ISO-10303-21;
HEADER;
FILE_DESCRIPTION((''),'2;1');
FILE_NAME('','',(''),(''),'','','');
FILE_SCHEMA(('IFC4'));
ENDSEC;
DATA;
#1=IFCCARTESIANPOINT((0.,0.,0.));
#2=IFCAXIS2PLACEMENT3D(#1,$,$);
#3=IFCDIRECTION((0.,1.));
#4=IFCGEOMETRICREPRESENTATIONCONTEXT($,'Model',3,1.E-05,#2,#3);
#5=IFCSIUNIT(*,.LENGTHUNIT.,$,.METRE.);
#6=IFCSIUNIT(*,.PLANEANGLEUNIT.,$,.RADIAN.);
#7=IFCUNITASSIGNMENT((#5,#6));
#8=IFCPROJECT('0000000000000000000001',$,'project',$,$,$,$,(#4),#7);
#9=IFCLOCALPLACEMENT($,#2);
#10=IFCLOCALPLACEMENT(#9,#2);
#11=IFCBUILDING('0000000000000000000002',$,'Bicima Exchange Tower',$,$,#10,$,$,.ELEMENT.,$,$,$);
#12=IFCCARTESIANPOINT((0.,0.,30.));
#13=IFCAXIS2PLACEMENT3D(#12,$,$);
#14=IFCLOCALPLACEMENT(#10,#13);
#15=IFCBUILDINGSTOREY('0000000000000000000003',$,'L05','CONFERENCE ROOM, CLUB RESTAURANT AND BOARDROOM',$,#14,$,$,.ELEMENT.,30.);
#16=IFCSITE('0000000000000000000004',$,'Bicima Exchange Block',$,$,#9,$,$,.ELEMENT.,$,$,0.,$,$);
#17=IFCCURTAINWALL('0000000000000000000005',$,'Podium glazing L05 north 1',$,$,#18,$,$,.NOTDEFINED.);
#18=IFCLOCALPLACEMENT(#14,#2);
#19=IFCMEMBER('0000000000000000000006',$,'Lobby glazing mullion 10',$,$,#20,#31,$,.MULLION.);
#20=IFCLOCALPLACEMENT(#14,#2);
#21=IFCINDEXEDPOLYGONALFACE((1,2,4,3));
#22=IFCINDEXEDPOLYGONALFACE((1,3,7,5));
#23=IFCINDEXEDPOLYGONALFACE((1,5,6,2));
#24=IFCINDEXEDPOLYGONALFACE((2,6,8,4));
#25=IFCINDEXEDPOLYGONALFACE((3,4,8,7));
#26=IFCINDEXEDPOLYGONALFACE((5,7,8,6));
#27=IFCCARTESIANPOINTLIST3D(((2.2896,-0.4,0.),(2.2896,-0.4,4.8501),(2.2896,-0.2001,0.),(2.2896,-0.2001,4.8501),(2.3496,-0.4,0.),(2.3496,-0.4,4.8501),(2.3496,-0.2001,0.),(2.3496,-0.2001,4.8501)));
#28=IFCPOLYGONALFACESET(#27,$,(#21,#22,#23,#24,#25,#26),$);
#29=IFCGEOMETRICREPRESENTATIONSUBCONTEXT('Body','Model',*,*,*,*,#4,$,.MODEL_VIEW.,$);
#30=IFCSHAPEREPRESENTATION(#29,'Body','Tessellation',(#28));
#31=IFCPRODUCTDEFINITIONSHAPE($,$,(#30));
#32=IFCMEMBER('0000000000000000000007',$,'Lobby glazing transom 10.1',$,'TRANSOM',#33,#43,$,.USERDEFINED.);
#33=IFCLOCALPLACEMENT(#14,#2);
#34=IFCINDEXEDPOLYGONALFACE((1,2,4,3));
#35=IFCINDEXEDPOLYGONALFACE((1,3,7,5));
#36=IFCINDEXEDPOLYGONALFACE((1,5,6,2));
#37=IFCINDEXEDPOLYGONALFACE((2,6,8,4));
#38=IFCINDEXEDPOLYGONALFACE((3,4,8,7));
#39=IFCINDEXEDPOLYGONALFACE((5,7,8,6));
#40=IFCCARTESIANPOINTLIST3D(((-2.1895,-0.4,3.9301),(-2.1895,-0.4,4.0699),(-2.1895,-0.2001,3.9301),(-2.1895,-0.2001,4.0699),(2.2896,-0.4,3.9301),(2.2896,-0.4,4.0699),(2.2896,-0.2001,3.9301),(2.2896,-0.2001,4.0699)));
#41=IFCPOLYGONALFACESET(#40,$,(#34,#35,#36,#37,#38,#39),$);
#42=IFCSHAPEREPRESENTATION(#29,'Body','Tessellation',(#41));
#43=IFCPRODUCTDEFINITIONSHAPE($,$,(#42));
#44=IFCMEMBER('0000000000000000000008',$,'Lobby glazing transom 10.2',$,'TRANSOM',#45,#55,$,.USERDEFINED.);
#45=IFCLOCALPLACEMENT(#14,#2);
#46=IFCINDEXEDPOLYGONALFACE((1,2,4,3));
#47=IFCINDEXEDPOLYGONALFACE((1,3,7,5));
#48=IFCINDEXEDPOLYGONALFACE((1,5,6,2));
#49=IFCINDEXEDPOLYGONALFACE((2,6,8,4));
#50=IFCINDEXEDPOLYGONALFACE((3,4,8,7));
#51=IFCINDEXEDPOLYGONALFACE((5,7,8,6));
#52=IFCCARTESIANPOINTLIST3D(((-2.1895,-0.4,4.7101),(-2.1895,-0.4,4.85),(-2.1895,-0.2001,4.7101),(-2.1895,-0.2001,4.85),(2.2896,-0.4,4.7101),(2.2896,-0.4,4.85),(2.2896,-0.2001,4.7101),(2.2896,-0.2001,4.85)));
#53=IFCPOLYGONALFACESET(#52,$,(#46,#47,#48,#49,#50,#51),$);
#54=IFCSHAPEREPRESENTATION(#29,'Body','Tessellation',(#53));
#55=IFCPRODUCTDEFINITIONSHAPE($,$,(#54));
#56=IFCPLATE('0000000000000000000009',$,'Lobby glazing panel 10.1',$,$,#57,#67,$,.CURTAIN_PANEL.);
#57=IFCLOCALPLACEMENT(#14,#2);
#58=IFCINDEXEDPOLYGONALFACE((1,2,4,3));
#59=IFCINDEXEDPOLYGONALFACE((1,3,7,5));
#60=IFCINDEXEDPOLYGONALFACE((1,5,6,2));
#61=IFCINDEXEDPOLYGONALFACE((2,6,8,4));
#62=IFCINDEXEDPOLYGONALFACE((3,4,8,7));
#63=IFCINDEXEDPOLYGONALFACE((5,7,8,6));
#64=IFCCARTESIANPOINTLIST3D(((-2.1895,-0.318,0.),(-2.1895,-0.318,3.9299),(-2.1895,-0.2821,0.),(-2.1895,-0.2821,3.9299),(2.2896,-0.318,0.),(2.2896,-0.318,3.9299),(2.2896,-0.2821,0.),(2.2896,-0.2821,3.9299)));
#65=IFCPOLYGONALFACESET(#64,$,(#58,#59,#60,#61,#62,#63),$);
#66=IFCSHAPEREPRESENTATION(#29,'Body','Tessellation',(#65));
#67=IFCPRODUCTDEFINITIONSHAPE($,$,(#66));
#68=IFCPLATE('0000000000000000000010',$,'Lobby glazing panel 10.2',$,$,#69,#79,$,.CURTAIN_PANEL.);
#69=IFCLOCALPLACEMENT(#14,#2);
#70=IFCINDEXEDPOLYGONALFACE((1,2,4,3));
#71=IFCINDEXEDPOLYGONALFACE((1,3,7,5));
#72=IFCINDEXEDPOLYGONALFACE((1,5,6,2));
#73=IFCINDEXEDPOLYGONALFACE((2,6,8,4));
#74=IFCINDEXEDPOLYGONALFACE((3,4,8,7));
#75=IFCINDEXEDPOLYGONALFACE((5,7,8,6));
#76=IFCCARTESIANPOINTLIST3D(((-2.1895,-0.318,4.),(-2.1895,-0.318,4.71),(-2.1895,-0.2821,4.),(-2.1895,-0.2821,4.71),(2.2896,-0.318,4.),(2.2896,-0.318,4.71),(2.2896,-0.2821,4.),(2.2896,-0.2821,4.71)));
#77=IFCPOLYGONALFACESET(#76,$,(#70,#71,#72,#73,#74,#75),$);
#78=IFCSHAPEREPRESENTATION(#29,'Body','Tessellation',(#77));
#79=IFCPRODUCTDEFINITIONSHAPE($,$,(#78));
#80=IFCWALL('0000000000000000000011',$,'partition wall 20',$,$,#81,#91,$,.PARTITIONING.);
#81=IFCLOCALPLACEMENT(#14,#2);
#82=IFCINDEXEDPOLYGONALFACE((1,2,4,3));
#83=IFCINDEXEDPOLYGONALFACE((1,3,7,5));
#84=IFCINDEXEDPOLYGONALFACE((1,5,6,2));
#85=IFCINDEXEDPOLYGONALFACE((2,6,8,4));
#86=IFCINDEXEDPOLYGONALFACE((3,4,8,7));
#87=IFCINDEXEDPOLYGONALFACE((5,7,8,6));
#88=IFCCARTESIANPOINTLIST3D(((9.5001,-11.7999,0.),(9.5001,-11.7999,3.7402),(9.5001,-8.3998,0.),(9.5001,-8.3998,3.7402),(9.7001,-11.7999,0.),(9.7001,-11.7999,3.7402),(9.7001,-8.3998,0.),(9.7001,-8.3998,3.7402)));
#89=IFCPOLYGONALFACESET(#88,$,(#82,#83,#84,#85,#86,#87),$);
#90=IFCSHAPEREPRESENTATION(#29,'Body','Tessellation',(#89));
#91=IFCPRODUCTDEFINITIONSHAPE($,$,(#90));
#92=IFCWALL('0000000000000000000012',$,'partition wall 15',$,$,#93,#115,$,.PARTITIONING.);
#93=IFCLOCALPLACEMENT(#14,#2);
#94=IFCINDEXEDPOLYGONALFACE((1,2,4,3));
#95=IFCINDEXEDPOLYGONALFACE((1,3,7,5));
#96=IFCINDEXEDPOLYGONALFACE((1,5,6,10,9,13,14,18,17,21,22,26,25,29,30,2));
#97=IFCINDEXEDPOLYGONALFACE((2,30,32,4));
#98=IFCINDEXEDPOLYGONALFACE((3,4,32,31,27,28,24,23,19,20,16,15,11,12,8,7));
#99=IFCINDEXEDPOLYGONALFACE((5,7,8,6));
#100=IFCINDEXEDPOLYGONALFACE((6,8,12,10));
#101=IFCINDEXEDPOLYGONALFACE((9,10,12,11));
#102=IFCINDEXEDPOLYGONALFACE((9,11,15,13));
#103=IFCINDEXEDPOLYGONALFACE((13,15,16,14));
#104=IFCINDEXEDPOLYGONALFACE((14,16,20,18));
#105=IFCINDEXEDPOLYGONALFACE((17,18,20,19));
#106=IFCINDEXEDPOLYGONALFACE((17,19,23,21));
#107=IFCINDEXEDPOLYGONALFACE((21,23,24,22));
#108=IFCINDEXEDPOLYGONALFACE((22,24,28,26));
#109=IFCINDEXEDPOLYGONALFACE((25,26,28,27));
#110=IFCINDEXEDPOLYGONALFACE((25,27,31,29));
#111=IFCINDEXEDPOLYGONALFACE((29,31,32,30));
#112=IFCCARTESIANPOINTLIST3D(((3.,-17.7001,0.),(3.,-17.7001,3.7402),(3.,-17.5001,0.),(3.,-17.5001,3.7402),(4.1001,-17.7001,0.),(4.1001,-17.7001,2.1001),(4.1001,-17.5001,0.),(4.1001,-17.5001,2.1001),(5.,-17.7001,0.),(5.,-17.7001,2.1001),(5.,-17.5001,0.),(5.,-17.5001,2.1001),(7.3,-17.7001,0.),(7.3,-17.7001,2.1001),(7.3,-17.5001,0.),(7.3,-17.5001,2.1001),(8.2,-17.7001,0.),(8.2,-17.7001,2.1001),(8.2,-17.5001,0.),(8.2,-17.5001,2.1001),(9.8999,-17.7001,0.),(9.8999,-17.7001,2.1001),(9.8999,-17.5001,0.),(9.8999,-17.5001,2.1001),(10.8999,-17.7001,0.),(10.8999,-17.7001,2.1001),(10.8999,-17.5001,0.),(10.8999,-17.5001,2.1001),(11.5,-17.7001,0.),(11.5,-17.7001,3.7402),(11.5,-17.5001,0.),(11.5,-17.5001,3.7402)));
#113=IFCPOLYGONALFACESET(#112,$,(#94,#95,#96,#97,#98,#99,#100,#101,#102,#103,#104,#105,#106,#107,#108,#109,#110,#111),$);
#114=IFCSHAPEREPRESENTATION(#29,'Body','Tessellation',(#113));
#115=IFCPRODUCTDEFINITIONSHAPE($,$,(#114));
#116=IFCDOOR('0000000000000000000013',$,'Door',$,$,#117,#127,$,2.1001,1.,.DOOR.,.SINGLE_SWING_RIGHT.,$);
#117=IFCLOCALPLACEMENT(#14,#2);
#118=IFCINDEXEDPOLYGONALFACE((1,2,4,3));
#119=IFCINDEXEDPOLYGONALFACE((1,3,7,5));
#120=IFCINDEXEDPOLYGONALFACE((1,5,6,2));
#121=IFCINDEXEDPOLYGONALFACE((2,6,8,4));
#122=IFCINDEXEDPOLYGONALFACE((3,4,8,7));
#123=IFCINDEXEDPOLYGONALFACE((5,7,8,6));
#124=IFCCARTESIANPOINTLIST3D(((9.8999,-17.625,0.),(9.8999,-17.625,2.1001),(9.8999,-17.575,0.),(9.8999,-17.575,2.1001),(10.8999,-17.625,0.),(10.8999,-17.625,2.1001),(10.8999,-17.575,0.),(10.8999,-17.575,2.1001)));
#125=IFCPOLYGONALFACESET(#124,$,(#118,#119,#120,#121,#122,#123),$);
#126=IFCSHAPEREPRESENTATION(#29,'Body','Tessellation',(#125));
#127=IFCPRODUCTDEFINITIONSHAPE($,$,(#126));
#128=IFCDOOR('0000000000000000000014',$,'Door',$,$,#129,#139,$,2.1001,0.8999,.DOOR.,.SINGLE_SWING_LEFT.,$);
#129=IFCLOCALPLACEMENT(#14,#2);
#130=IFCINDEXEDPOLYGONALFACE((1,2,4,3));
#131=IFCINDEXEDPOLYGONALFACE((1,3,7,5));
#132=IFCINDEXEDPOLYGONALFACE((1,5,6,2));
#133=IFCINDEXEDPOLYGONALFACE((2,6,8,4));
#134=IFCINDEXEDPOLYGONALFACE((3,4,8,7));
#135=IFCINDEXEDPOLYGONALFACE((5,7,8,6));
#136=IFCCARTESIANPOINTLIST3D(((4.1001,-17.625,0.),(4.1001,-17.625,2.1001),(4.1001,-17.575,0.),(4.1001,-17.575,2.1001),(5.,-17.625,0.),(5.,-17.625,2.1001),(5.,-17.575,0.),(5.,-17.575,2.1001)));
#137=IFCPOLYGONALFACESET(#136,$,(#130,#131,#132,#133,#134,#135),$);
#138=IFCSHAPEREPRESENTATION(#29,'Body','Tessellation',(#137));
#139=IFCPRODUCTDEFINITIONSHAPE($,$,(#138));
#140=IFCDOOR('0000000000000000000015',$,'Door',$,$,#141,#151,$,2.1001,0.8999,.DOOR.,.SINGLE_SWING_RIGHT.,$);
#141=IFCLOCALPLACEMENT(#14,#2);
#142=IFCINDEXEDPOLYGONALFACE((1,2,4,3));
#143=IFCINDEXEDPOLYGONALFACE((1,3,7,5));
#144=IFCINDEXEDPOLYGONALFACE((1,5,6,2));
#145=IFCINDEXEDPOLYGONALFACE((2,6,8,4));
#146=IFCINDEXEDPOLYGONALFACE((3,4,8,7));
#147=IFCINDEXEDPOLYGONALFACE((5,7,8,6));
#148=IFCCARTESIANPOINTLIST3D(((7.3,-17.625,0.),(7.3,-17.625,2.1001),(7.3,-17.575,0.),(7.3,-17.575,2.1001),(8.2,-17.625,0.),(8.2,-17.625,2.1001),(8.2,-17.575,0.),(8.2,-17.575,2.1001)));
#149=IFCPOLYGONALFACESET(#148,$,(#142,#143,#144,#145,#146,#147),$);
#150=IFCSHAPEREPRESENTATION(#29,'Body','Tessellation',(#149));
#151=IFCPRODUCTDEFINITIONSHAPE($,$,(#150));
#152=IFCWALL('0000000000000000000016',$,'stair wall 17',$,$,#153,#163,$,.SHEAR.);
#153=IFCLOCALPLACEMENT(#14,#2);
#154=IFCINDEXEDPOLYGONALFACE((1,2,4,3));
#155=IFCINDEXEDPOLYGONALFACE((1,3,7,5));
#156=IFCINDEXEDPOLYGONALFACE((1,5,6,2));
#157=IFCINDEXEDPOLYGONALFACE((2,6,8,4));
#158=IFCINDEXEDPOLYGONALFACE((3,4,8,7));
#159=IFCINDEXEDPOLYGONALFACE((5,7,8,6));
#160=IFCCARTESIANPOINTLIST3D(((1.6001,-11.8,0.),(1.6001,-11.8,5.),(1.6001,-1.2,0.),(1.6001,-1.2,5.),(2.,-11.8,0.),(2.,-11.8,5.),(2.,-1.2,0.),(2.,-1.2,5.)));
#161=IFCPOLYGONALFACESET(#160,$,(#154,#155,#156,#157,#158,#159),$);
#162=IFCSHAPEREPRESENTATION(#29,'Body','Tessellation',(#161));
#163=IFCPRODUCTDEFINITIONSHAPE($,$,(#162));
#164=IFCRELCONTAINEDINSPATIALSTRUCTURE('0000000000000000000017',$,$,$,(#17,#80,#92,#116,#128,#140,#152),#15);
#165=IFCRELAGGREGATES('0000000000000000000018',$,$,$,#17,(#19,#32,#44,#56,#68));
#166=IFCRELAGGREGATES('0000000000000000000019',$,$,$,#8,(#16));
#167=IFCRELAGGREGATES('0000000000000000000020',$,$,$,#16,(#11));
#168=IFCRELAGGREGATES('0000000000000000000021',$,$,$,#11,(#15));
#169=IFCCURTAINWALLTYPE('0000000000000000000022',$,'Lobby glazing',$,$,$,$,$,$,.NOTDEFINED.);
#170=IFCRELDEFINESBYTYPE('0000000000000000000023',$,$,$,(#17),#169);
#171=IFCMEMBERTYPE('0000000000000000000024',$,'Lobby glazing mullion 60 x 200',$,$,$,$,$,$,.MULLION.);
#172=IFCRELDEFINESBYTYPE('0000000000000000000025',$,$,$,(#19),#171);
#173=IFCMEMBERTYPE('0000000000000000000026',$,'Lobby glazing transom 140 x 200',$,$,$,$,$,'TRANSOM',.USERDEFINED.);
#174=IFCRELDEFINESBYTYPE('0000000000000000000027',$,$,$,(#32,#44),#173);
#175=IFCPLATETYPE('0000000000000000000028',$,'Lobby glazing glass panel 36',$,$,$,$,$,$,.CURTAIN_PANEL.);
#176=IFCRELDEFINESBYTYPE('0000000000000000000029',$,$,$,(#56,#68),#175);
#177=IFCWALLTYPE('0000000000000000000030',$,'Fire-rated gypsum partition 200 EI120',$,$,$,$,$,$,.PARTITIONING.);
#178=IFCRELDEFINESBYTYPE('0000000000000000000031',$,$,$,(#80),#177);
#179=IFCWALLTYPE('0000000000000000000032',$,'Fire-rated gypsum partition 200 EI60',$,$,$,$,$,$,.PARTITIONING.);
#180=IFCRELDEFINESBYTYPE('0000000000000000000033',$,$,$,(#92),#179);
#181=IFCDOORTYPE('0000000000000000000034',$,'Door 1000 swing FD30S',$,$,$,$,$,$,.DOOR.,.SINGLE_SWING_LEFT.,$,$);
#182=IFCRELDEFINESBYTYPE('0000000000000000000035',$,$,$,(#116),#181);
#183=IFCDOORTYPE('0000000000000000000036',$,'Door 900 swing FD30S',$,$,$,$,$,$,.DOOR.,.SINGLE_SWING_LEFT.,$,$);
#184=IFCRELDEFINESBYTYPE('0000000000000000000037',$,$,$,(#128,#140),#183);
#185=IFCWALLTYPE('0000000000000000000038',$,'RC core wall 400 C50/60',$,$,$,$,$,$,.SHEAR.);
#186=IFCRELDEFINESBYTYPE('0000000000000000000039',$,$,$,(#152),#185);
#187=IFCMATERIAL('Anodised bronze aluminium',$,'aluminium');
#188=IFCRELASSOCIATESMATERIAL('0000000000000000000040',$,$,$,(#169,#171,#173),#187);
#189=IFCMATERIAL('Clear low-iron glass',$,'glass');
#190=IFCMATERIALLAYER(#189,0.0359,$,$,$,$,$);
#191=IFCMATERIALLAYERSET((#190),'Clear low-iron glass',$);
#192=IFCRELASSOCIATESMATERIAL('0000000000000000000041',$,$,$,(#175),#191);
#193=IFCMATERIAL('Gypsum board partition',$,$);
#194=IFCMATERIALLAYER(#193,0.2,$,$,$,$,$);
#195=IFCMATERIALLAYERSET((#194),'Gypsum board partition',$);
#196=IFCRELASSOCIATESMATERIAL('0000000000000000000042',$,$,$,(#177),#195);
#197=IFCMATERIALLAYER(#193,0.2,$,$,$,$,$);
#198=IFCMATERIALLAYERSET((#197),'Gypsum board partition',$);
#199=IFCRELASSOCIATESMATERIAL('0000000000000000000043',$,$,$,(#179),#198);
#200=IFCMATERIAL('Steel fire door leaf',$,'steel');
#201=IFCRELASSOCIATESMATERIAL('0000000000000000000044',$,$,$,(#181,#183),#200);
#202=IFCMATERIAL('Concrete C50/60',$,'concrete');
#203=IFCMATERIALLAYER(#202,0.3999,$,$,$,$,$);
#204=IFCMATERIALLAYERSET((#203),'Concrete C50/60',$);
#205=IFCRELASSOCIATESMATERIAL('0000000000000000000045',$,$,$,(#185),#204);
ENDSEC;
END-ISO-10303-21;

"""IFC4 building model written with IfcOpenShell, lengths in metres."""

from ifc_helpers import new_model, si_unit, direction, frame, frame_2d, origin, origin_2d, place, context, subcontext, project, spatial, rectangle, extrude, material, layer, layer_set, material_profile, profile_set, type_object, element, fill, aggregate, save


model = new_model("IFC4")

# Units and contexts
model_context = context("Model", 3, precision=1e-05, world=origin(), true_north=direction((0.0, 1.0)))
body_context = subcontext(model_context, "Body", "Model", "MODEL_VIEW")
ifc_project = project(units=[si_unit("LENGTHUNIT", "METRE"), si_unit("PLANEANGLEUNIT", "RADIAN")], contexts=[model_context])

# Site, building, storey
site_placement = place(None, origin())
site = spatial("IfcSite", under=ifc_project, at=site_placement, Name="Bicima Exchange Block", CompositionType="ELEMENT", RefElevation=0.0)
building_placement = place(site_placement, origin())
building = spatial("IfcBuilding", under=site, at=building_placement, Name="Bicima Exchange Tower", CompositionType="ELEMENT")
storey_placement = place(building_placement, frame((0.0, 0.0, 30.0)))
storey = spatial("IfcBuildingStorey", under=building, at=storey_placement, Name="L05", Description="CONFERENCE ROOM, CLUB RESTAURANT AND BOARDROOM", CompositionType="ELEMENT", Elevation=30.0)

# Curtain wall, members, plates
ifc_material_1 = material(Name="Anodised bronze aluminium", Category="aluminium")
curtain_wall_type = type_object("IfcCurtainWallType", Name="Lobby glazing", PredefinedType="NOTDEFINED", material=ifc_material_1)
curtain_wall_placement = place(storey_placement, origin())
curtain_wall = element("IfcCurtainWall", 1, at=curtain_wall_placement, inside=storey, type_object=curtain_wall_type, Name="Podium glazing L05 north 1", PredefinedType="NOTDEFINED")
ifc_material_profile_1 = material_profile(ifc_material_1, rectangle(XDim=0.2, YDim=0.0601, at=origin_2d()))
ifc_profile_set_1 = profile_set([ifc_material_profile_1], Name="Anodised bronze aluminium")
member_type_1 = type_object("IfcMemberType", Name="Lobby glazing mullion 60 x 200", PredefinedType="MULLION", material=ifc_profile_set_1)
member_1_placement = place(storey_placement, frame((2.3196, -0.3, 0.0), z_axis=(0.0, 0.0, 1.0), x_axis=(0.0, -1.0, 0.0)))
member_1 = element("IfcMember", 2, at=member_1_placement, type_object=member_type_1, Name="Lobby glazing mullion 10", PredefinedType="MULLION", context=body_context, shape_type="SweptSolid", body=[
    extrude(rectangle(XDim=0.2, YDim=0.0601, at=origin_2d()), origin(), (0.0, 0.0, 1.0), 4.8501),
])
ifc_material_profile_2 = material_profile(ifc_material_1, rectangle(XDim=0.2, YDim=0.1399, at=origin_2d()))
ifc_profile_set_2 = profile_set([ifc_material_profile_2], Name="Anodised bronze aluminium")
member_type_2 = type_object("IfcMemberType", Name="Lobby glazing transom 140 x 200", ElementType="TRANSOM", PredefinedType="USERDEFINED", material=ifc_profile_set_2)
member_2_placement = place(storey_placement, frame((2.2896, -0.3, 4.0), z_axis=(-1.0, 0.0, 0.0), x_axis=(0.0, -1.0, 0.0)))
member_2 = element("IfcMember", 3, at=member_2_placement, type_object=member_type_2, Name="Lobby glazing transom 10.1", ObjectType="TRANSOM", PredefinedType="USERDEFINED", context=body_context, shape_type="SweptSolid", body=[
    extrude(rectangle(XDim=0.2, YDim=0.1399, at=origin_2d()), origin(), (0.0, 0.0, 1.0), 4.479),
])
member_3_placement = place(storey_placement, frame((2.2896, -0.3, 4.78), z_axis=(-1.0, 0.0, 0.0), x_axis=(0.0, -1.0, 0.0)))
member_3 = element("IfcMember", 4, at=member_3_placement, type_object=member_type_2, Name="Lobby glazing transom 10.2", ObjectType="TRANSOM", PredefinedType="USERDEFINED", context=body_context, shape_type="SweptSolid", body=[
    extrude(rectangle(XDim=0.2, YDim=0.1399, at=origin_2d()), origin(), (0.0, 0.0, 1.0), 4.479),
])
ifc_material_2 = material(Name="Clear low-iron glass", Category="glass")
ifc_layer_1 = layer(ifc_material_2, 0.0359)
ifc_layer_set_1 = layer_set([ifc_layer_1], Name="Clear low-iron glass")
plate_type = type_object("IfcPlateType", Name="Lobby glazing glass panel 36", PredefinedType="CURTAIN_PANEL", material=ifc_layer_set_1)
plate_1_placement = place(storey_placement, frame((0.05, -0.3, 0.0), z_axis=(0.0, 0.0, 1.0), x_axis=(-1.0, 0.0, 0.0)))
plate_1 = element("IfcPlate", 5, at=plate_1_placement, type_object=plate_type, Name="Lobby glazing panel 10.1", PredefinedType="CURTAIN_PANEL", context=body_context, shape_type="SweptSolid", body=[
    extrude(rectangle(XDim=4.479, YDim=0.0359, at=origin_2d()), origin(), (0.0, 0.0, 1.0), 3.9299),
])
plate_2_placement = place(storey_placement, frame((0.05, -0.3, 4.0), z_axis=(0.0, 0.0, 1.0), x_axis=(-1.0, 0.0, 0.0)))
plate_2 = element("IfcPlate", 6, at=plate_2_placement, type_object=plate_type, Name="Lobby glazing panel 10.2", PredefinedType="CURTAIN_PANEL", context=body_context, shape_type="SweptSolid", body=[
    extrude(rectangle(XDim=4.479, YDim=0.0359, at=origin_2d()), origin(), (0.0, 0.0, 1.0), 0.71),
])
aggregate(curtain_wall, [member_1, member_2, member_3, plate_1, plate_2])

# Wall
ifc_material_3 = material(Name="Gypsum board partition")
ifc_layer_2 = layer(ifc_material_3, 0.2)
ifc_layer_set_2 = layer_set([ifc_layer_2], Name="Gypsum board partition")
wall_type_1 = type_object("IfcWallType", Name="Fire-rated gypsum partition 200 EI120", PredefinedType="PARTITIONING", material=ifc_layer_set_2)
wall_1_placement = place(storey_placement, frame((9.6001, -11.8, 0.0), z_axis=(0.0, 0.0, 1.0), x_axis=(0.0, 1.0, 0.0)))
element("IfcWall", 7, at=wall_1_placement, inside=storey, type_object=wall_type_1, Name="partition wall 20", PredefinedType="PARTITIONING", context=body_context, shape_type="SweptSolid", body=[
    extrude(rectangle(XDim=3.4001, YDim=0.2, at=frame_2d((1.7002, 0.0))), origin(), (0.0, 0.0, 1.0), 3.7402),
])

# Wall, openings, doors
ifc_layer_3 = layer(ifc_material_3, 0.2)
ifc_layer_set_3 = layer_set([ifc_layer_3], Name="Gypsum board partition")
wall_type_2 = type_object("IfcWallType", Name="Fire-rated gypsum partition 200 EI60", PredefinedType="PARTITIONING", material=ifc_layer_set_3)
wall_2_placement = place(storey_placement, frame((3.0, -17.6001, 0.0), z_axis=(0.0, 0.0, 1.0), x_axis=(1.0, 0.0, 0.0)))
wall_2 = element("IfcWall", 8, at=wall_2_placement, inside=storey, type_object=wall_type_2, Name="partition wall 15", PredefinedType="PARTITIONING", context=body_context, shape_type="SweptSolid", body=[
    extrude(rectangle(XDim=8.5, YDim=0.2, at=frame_2d((4.25, 0.0))), origin(), (0.0, 0.0, 1.0), 3.7402),
])
opening_1_placement = place(wall_2_placement, frame((1.1001, 0.0, 0.0)))
opening_1 = element("IfcOpeningElement", 9, at=opening_1_placement, cuts=wall_2, PredefinedType="OPENING", context=body_context, shape_type="SweptSolid", body=[
    extrude(rectangle(XDim=0.8999, YDim=2.1001, at=frame_2d((0.45, 1.05))), frame((0.0, 0.1118, 0.0), z_axis=(0.0, -1.0, 0.0), x_axis=(1.0, 0.0, 0.0)), (0.0, 0.0, 1.0), 0.2239),
])
opening_2_placement = place(wall_2_placement, frame((4.3, 0.0, 0.0)))
opening_2 = element("IfcOpeningElement", 10, at=opening_2_placement, cuts=wall_2, PredefinedType="OPENING", context=body_context, shape_type="SweptSolid", body=[
    extrude(rectangle(XDim=0.8999, YDim=2.1001, at=frame_2d((0.45, 1.05))), frame((0.0, 0.1118, 0.0), z_axis=(0.0, -1.0, 0.0), x_axis=(1.0, 0.0, 0.0)), (0.0, 0.0, 1.0), 0.2239),
])
opening_3_placement = place(wall_2_placement, frame((6.8999, 0.0, 0.0)))
opening_3 = element("IfcOpeningElement", 11, at=opening_3_placement, cuts=wall_2, PredefinedType="OPENING", context=body_context, shape_type="SweptSolid", body=[
    extrude(rectangle(XDim=1.0, YDim=2.1001, at=frame_2d((0.5, 1.05))), frame((0.0, 0.1118, 0.0), z_axis=(0.0, -1.0, 0.0), x_axis=(1.0, 0.0, 0.0)), (0.0, 0.0, 1.0), 0.2239),
])
ifc_material_4 = material(Name="Steel fire door leaf", Category="steel")
door_type_1 = type_object("IfcDoorType", Name="Door 1000 swing FD30S", OperationType="SINGLE_SWING_LEFT", PredefinedType="DOOR", material=ifc_material_4)
door_1_placement = place(opening_3_placement, frame((1.0, 0.0, 0.0), z_axis=(0.0, 0.0, 1.0), x_axis=(-1.0, 0.0, 0.0)))
door_1 = element("IfcDoor", 12, at=door_1_placement, inside=storey, type_object=door_type_1, Name="Door", OperationType="SINGLE_SWING_RIGHT", OverallHeight=2.1001, OverallWidth=1.0, PredefinedType="DOOR", context=body_context, shape_type="SweptSolid", body=[
    extrude(rectangle(XDim=1.0, YDim=2.1001, at=frame_2d((0.5, 1.05))), frame((0.0, 0.0249, 0.0), z_axis=(0.0, -1.0, 0.0), x_axis=(1.0, 0.0, 0.0)), (0.0, 0.0, 1.0), 0.05),
])
fill(opening_3, door_1)
door_type_2 = type_object("IfcDoorType", Name="Door 900 swing FD30S", OperationType="SINGLE_SWING_LEFT", PredefinedType="DOOR", material=ifc_material_4)
door_2_placement = place(opening_1_placement, frame((0.8999, 0.0, 0.0), z_axis=(0.0, 0.0, 1.0), x_axis=(-1.0, 0.0, 0.0)))
door_2 = element("IfcDoor", 13, at=door_2_placement, inside=storey, type_object=door_type_2, Name="Door", OperationType="SINGLE_SWING_LEFT", OverallHeight=2.1001, OverallWidth=0.8999, PredefinedType="DOOR", context=body_context, shape_type="SweptSolid", body=[
    extrude(rectangle(XDim=0.8999, YDim=2.1001, at=frame_2d((0.45, 1.05))), frame((0.0, 0.0249, 0.0), z_axis=(0.0, -1.0, 0.0), x_axis=(1.0, 0.0, 0.0)), (0.0, 0.0, 1.0), 0.05),
])
fill(opening_1, door_2)
door_3_placement = place(opening_2_placement, frame((0.8999, 0.0, 0.0), z_axis=(0.0, 0.0, 1.0), x_axis=(-1.0, 0.0, 0.0)))
door_3 = element("IfcDoor", 14, at=door_3_placement, inside=storey, type_object=door_type_2, Name="Door", OperationType="SINGLE_SWING_RIGHT", OverallHeight=2.1001, OverallWidth=0.8999, PredefinedType="DOOR", context=body_context, shape_type="SweptSolid", body=[
    extrude(rectangle(XDim=0.8999, YDim=2.1001, at=frame_2d((0.45, 1.05))), frame((0.0, 0.0249, 0.0), z_axis=(0.0, -1.0, 0.0), x_axis=(1.0, 0.0, 0.0)), (0.0, 0.0, 1.0), 0.05),
])
fill(opening_2, door_3)

# Wall
ifc_material_5 = material(Name="Concrete C50/60", Category="concrete")
ifc_layer_4 = layer(ifc_material_5, 0.3999)
ifc_layer_set_4 = layer_set([ifc_layer_4], Name="Concrete C50/60")
wall_type_3 = type_object("IfcWallType", Name="RC core wall 400 C50/60", PredefinedType="SHEAR", material=ifc_layer_set_4)
wall_3_placement = place(storey_placement, frame((1.8, -11.8, 0.0), z_axis=(0.0, 0.0, 1.0), x_axis=(0.0, 1.0, 0.0)))
element("IfcWall", 15, at=wall_3_placement, inside=storey, type_object=wall_type_3, Name="stair wall 17", PredefinedType="SHEAR", context=body_context, shape_type="SweptSolid", body=[
    extrude(rectangle(XDim=10.6001, YDim=0.3999, at=frame_2d((5.3, 0.0))), origin(), (0.0, 0.0, 1.0), 5.0),
])

save(model, "model.ifc")
